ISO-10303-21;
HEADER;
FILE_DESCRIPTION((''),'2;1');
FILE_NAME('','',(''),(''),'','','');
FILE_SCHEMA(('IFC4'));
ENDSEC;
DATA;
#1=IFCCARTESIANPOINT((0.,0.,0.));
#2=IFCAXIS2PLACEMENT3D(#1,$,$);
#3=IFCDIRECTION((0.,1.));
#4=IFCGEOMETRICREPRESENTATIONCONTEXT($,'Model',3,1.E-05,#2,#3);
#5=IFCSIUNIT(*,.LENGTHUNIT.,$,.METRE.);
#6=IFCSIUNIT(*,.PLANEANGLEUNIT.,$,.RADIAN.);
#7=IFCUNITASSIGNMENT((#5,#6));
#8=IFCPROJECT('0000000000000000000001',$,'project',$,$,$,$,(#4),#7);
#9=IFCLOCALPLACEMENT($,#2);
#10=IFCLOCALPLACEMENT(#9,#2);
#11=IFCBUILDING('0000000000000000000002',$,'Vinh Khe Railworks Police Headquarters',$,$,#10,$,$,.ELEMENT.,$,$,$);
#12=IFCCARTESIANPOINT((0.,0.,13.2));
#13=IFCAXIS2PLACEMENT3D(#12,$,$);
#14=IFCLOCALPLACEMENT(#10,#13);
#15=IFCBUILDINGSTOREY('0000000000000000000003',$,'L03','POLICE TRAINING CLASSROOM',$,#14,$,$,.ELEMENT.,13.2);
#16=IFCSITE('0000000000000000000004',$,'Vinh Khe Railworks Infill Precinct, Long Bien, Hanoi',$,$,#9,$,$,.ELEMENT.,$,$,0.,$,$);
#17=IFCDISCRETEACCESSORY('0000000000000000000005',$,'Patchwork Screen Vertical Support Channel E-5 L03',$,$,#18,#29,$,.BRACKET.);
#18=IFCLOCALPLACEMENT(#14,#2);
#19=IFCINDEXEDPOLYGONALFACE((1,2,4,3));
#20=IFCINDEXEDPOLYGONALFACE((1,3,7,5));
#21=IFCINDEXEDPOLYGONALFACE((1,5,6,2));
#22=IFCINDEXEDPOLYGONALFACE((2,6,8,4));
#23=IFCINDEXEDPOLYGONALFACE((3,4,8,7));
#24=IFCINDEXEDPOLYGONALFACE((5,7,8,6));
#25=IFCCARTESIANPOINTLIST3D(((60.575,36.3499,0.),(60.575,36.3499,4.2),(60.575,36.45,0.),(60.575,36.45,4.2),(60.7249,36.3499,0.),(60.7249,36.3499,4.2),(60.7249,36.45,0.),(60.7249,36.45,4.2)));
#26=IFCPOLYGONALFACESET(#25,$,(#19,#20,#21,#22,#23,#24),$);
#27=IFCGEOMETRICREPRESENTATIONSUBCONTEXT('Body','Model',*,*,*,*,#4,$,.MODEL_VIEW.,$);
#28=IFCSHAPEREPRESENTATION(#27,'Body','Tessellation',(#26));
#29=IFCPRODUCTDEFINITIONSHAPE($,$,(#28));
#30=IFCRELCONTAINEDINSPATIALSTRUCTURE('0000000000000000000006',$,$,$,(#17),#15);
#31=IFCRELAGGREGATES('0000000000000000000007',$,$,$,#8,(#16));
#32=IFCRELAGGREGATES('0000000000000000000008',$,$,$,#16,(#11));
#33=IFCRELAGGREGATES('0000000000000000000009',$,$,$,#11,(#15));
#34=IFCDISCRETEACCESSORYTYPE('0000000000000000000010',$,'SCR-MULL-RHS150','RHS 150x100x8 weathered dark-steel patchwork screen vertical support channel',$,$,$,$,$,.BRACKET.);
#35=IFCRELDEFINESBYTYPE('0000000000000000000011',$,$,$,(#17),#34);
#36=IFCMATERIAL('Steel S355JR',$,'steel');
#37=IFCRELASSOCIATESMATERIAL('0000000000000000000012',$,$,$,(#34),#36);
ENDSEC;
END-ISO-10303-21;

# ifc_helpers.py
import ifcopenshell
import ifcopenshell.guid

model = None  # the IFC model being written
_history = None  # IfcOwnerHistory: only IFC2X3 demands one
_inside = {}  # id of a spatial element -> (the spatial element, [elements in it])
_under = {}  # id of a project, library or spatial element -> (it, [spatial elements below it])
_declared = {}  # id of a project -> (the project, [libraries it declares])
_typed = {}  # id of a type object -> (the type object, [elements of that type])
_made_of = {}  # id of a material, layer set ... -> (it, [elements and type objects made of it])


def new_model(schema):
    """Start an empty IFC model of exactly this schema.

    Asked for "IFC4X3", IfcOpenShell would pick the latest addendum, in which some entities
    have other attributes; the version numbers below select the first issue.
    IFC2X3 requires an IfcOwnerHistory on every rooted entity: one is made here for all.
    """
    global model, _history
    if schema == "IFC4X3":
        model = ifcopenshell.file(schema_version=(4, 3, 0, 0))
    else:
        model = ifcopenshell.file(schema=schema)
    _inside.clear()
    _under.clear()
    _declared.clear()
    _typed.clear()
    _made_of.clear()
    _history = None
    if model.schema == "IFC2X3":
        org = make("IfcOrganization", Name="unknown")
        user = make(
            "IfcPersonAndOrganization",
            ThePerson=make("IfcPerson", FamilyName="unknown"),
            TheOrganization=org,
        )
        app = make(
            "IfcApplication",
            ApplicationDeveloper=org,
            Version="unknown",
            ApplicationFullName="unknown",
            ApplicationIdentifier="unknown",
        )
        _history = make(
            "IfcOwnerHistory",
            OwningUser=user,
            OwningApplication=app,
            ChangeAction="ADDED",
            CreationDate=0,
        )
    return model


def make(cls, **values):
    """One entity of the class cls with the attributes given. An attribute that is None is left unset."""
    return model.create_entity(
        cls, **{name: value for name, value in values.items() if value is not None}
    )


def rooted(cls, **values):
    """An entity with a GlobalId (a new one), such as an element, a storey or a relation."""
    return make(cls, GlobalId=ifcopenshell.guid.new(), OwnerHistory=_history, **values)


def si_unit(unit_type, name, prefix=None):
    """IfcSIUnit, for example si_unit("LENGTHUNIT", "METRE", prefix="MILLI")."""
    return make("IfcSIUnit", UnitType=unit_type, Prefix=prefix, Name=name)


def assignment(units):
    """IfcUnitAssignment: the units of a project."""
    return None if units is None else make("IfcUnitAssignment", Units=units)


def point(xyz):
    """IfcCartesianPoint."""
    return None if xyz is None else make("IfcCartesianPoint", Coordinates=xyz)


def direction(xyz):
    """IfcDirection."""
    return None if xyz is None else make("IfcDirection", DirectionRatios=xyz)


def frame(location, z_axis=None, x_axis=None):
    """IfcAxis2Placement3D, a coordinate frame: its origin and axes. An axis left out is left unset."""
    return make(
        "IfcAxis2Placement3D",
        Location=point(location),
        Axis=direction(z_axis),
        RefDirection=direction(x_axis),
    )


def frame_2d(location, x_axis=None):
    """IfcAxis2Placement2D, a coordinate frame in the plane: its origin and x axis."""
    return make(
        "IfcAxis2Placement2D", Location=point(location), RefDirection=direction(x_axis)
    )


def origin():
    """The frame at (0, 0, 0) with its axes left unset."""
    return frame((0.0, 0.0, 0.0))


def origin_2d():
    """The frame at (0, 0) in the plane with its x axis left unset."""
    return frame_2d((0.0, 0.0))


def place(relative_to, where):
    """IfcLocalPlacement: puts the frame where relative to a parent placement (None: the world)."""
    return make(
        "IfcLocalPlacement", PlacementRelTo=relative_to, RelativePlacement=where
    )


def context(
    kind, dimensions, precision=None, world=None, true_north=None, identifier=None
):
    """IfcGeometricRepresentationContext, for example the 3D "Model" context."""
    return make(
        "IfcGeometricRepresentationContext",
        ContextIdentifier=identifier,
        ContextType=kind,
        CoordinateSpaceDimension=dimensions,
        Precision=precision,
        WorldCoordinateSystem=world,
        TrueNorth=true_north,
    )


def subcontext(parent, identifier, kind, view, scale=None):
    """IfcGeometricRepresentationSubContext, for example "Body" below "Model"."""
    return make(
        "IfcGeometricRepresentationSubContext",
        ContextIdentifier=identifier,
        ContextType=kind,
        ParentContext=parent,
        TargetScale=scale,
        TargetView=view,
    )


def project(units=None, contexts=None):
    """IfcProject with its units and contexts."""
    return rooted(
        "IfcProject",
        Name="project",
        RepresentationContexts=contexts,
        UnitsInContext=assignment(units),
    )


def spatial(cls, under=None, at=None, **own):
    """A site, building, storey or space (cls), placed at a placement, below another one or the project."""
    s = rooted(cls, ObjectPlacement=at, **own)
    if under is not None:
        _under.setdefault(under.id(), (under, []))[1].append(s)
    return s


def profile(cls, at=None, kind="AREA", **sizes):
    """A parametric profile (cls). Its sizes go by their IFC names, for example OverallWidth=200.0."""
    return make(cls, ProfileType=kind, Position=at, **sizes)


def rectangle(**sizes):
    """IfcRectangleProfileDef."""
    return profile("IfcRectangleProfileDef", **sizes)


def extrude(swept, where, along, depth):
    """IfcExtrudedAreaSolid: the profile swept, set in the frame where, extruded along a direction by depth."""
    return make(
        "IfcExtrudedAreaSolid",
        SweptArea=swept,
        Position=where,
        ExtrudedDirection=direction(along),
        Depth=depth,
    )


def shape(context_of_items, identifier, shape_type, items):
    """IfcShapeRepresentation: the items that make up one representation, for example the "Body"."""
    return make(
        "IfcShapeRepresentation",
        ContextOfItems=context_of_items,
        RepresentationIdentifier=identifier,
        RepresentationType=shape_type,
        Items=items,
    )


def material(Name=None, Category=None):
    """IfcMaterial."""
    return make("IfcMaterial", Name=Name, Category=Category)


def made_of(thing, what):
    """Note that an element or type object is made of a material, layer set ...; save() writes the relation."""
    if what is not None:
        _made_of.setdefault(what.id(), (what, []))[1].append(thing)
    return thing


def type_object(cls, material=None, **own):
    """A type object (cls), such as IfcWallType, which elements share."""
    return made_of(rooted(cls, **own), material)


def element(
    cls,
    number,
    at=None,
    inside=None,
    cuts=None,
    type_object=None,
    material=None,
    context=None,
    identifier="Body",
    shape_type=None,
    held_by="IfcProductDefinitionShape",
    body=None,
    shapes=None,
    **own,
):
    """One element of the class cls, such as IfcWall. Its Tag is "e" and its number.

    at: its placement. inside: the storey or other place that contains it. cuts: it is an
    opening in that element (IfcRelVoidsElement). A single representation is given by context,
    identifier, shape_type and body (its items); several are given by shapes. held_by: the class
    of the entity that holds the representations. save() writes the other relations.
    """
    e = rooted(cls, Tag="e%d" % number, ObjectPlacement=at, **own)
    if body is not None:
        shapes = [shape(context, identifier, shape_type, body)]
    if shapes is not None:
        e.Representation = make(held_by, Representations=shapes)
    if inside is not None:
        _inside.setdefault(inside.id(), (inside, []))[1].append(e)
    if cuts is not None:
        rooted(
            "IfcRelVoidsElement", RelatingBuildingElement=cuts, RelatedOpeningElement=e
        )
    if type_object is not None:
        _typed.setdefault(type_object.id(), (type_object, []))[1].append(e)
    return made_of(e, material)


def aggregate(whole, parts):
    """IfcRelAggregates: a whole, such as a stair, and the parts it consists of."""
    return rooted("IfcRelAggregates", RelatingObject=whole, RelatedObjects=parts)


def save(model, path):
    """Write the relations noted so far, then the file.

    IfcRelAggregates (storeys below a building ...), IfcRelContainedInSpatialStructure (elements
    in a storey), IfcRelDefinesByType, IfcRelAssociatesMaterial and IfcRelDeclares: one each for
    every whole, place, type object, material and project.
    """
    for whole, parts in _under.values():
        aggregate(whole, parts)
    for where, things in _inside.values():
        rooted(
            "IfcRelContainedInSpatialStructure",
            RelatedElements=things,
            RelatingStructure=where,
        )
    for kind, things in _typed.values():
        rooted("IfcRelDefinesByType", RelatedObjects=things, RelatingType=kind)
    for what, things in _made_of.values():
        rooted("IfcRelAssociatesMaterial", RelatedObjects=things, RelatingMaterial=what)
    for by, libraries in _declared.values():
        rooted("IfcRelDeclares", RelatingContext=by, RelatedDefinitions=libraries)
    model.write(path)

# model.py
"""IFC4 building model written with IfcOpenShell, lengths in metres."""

from ifc_helpers import new_model, si_unit, direction, frame, origin, origin_2d, place, context, subcontext, project, spatial, rectangle, extrude, material, type_object, element, save


model = new_model("IFC4")

# Units and contexts
model_context = context("Model", 3, precision=1e-05, world=origin(), true_north=direction((0.0, 1.0)))
body_context = subcontext(model_context, "Body", "Model", "MODEL_VIEW")
ifc_project = project(units=[si_unit("LENGTHUNIT", "METRE"), si_unit("PLANEANGLEUNIT", "RADIAN")], contexts=[model_context])

# Site, building, storey
site_placement = place(None, origin())
site = spatial("IfcSite", under=ifc_project, at=site_placement, Name="Vinh Khe Railworks Infill Precinct, Long Bien, Hanoi", CompositionType="ELEMENT", RefElevation=0.0)
building_placement = place(site_placement, origin())
building = spatial("IfcBuilding", under=site, at=building_placement, Name="Vinh Khe Railworks Police Headquarters", CompositionType="ELEMENT")
storey_placement = place(building_placement, frame((0.0, 0.0, 13.2)))
storey = spatial("IfcBuildingStorey", under=building, at=storey_placement, Name="L03", Description="POLICE TRAINING CLASSROOM", CompositionType="ELEMENT", Elevation=13.2)

# Shared definitions
ifc_material_1 = material(Name="Steel S355JR", Category="steel")

# Discrete accessory
discrete_accessory_type_1 = type_object("IfcDiscreteAccessoryType", Name="SCR-MULL-RHS150", Description="RHS 150x100x8 weathered dark-steel patchwork screen vertical support channel", PredefinedType="BRACKET", material=ifc_material_1)
discrete_accessory_placement = place(storey_placement, frame((60.6499, 36.3999, 0.0), z_axis=(0.0, 0.0, 1.0), x_axis=(1.0, 0.0, 0.0)))
element("IfcDiscreteAccessory", 1, at=discrete_accessory_placement, inside=storey, type_object=discrete_accessory_type_1, Name="Patchwork Screen Vertical Support Channel E-5 L03", PredefinedType="BRACKET", context=body_context, shape_type="SweptSolid", body=[
    extrude(rectangle(XDim=0.1499, YDim=0.1001, at=origin_2d()), origin(), (0.0, 0.0, 1.0), 4.2),
])

save(model, "model.ifc")
